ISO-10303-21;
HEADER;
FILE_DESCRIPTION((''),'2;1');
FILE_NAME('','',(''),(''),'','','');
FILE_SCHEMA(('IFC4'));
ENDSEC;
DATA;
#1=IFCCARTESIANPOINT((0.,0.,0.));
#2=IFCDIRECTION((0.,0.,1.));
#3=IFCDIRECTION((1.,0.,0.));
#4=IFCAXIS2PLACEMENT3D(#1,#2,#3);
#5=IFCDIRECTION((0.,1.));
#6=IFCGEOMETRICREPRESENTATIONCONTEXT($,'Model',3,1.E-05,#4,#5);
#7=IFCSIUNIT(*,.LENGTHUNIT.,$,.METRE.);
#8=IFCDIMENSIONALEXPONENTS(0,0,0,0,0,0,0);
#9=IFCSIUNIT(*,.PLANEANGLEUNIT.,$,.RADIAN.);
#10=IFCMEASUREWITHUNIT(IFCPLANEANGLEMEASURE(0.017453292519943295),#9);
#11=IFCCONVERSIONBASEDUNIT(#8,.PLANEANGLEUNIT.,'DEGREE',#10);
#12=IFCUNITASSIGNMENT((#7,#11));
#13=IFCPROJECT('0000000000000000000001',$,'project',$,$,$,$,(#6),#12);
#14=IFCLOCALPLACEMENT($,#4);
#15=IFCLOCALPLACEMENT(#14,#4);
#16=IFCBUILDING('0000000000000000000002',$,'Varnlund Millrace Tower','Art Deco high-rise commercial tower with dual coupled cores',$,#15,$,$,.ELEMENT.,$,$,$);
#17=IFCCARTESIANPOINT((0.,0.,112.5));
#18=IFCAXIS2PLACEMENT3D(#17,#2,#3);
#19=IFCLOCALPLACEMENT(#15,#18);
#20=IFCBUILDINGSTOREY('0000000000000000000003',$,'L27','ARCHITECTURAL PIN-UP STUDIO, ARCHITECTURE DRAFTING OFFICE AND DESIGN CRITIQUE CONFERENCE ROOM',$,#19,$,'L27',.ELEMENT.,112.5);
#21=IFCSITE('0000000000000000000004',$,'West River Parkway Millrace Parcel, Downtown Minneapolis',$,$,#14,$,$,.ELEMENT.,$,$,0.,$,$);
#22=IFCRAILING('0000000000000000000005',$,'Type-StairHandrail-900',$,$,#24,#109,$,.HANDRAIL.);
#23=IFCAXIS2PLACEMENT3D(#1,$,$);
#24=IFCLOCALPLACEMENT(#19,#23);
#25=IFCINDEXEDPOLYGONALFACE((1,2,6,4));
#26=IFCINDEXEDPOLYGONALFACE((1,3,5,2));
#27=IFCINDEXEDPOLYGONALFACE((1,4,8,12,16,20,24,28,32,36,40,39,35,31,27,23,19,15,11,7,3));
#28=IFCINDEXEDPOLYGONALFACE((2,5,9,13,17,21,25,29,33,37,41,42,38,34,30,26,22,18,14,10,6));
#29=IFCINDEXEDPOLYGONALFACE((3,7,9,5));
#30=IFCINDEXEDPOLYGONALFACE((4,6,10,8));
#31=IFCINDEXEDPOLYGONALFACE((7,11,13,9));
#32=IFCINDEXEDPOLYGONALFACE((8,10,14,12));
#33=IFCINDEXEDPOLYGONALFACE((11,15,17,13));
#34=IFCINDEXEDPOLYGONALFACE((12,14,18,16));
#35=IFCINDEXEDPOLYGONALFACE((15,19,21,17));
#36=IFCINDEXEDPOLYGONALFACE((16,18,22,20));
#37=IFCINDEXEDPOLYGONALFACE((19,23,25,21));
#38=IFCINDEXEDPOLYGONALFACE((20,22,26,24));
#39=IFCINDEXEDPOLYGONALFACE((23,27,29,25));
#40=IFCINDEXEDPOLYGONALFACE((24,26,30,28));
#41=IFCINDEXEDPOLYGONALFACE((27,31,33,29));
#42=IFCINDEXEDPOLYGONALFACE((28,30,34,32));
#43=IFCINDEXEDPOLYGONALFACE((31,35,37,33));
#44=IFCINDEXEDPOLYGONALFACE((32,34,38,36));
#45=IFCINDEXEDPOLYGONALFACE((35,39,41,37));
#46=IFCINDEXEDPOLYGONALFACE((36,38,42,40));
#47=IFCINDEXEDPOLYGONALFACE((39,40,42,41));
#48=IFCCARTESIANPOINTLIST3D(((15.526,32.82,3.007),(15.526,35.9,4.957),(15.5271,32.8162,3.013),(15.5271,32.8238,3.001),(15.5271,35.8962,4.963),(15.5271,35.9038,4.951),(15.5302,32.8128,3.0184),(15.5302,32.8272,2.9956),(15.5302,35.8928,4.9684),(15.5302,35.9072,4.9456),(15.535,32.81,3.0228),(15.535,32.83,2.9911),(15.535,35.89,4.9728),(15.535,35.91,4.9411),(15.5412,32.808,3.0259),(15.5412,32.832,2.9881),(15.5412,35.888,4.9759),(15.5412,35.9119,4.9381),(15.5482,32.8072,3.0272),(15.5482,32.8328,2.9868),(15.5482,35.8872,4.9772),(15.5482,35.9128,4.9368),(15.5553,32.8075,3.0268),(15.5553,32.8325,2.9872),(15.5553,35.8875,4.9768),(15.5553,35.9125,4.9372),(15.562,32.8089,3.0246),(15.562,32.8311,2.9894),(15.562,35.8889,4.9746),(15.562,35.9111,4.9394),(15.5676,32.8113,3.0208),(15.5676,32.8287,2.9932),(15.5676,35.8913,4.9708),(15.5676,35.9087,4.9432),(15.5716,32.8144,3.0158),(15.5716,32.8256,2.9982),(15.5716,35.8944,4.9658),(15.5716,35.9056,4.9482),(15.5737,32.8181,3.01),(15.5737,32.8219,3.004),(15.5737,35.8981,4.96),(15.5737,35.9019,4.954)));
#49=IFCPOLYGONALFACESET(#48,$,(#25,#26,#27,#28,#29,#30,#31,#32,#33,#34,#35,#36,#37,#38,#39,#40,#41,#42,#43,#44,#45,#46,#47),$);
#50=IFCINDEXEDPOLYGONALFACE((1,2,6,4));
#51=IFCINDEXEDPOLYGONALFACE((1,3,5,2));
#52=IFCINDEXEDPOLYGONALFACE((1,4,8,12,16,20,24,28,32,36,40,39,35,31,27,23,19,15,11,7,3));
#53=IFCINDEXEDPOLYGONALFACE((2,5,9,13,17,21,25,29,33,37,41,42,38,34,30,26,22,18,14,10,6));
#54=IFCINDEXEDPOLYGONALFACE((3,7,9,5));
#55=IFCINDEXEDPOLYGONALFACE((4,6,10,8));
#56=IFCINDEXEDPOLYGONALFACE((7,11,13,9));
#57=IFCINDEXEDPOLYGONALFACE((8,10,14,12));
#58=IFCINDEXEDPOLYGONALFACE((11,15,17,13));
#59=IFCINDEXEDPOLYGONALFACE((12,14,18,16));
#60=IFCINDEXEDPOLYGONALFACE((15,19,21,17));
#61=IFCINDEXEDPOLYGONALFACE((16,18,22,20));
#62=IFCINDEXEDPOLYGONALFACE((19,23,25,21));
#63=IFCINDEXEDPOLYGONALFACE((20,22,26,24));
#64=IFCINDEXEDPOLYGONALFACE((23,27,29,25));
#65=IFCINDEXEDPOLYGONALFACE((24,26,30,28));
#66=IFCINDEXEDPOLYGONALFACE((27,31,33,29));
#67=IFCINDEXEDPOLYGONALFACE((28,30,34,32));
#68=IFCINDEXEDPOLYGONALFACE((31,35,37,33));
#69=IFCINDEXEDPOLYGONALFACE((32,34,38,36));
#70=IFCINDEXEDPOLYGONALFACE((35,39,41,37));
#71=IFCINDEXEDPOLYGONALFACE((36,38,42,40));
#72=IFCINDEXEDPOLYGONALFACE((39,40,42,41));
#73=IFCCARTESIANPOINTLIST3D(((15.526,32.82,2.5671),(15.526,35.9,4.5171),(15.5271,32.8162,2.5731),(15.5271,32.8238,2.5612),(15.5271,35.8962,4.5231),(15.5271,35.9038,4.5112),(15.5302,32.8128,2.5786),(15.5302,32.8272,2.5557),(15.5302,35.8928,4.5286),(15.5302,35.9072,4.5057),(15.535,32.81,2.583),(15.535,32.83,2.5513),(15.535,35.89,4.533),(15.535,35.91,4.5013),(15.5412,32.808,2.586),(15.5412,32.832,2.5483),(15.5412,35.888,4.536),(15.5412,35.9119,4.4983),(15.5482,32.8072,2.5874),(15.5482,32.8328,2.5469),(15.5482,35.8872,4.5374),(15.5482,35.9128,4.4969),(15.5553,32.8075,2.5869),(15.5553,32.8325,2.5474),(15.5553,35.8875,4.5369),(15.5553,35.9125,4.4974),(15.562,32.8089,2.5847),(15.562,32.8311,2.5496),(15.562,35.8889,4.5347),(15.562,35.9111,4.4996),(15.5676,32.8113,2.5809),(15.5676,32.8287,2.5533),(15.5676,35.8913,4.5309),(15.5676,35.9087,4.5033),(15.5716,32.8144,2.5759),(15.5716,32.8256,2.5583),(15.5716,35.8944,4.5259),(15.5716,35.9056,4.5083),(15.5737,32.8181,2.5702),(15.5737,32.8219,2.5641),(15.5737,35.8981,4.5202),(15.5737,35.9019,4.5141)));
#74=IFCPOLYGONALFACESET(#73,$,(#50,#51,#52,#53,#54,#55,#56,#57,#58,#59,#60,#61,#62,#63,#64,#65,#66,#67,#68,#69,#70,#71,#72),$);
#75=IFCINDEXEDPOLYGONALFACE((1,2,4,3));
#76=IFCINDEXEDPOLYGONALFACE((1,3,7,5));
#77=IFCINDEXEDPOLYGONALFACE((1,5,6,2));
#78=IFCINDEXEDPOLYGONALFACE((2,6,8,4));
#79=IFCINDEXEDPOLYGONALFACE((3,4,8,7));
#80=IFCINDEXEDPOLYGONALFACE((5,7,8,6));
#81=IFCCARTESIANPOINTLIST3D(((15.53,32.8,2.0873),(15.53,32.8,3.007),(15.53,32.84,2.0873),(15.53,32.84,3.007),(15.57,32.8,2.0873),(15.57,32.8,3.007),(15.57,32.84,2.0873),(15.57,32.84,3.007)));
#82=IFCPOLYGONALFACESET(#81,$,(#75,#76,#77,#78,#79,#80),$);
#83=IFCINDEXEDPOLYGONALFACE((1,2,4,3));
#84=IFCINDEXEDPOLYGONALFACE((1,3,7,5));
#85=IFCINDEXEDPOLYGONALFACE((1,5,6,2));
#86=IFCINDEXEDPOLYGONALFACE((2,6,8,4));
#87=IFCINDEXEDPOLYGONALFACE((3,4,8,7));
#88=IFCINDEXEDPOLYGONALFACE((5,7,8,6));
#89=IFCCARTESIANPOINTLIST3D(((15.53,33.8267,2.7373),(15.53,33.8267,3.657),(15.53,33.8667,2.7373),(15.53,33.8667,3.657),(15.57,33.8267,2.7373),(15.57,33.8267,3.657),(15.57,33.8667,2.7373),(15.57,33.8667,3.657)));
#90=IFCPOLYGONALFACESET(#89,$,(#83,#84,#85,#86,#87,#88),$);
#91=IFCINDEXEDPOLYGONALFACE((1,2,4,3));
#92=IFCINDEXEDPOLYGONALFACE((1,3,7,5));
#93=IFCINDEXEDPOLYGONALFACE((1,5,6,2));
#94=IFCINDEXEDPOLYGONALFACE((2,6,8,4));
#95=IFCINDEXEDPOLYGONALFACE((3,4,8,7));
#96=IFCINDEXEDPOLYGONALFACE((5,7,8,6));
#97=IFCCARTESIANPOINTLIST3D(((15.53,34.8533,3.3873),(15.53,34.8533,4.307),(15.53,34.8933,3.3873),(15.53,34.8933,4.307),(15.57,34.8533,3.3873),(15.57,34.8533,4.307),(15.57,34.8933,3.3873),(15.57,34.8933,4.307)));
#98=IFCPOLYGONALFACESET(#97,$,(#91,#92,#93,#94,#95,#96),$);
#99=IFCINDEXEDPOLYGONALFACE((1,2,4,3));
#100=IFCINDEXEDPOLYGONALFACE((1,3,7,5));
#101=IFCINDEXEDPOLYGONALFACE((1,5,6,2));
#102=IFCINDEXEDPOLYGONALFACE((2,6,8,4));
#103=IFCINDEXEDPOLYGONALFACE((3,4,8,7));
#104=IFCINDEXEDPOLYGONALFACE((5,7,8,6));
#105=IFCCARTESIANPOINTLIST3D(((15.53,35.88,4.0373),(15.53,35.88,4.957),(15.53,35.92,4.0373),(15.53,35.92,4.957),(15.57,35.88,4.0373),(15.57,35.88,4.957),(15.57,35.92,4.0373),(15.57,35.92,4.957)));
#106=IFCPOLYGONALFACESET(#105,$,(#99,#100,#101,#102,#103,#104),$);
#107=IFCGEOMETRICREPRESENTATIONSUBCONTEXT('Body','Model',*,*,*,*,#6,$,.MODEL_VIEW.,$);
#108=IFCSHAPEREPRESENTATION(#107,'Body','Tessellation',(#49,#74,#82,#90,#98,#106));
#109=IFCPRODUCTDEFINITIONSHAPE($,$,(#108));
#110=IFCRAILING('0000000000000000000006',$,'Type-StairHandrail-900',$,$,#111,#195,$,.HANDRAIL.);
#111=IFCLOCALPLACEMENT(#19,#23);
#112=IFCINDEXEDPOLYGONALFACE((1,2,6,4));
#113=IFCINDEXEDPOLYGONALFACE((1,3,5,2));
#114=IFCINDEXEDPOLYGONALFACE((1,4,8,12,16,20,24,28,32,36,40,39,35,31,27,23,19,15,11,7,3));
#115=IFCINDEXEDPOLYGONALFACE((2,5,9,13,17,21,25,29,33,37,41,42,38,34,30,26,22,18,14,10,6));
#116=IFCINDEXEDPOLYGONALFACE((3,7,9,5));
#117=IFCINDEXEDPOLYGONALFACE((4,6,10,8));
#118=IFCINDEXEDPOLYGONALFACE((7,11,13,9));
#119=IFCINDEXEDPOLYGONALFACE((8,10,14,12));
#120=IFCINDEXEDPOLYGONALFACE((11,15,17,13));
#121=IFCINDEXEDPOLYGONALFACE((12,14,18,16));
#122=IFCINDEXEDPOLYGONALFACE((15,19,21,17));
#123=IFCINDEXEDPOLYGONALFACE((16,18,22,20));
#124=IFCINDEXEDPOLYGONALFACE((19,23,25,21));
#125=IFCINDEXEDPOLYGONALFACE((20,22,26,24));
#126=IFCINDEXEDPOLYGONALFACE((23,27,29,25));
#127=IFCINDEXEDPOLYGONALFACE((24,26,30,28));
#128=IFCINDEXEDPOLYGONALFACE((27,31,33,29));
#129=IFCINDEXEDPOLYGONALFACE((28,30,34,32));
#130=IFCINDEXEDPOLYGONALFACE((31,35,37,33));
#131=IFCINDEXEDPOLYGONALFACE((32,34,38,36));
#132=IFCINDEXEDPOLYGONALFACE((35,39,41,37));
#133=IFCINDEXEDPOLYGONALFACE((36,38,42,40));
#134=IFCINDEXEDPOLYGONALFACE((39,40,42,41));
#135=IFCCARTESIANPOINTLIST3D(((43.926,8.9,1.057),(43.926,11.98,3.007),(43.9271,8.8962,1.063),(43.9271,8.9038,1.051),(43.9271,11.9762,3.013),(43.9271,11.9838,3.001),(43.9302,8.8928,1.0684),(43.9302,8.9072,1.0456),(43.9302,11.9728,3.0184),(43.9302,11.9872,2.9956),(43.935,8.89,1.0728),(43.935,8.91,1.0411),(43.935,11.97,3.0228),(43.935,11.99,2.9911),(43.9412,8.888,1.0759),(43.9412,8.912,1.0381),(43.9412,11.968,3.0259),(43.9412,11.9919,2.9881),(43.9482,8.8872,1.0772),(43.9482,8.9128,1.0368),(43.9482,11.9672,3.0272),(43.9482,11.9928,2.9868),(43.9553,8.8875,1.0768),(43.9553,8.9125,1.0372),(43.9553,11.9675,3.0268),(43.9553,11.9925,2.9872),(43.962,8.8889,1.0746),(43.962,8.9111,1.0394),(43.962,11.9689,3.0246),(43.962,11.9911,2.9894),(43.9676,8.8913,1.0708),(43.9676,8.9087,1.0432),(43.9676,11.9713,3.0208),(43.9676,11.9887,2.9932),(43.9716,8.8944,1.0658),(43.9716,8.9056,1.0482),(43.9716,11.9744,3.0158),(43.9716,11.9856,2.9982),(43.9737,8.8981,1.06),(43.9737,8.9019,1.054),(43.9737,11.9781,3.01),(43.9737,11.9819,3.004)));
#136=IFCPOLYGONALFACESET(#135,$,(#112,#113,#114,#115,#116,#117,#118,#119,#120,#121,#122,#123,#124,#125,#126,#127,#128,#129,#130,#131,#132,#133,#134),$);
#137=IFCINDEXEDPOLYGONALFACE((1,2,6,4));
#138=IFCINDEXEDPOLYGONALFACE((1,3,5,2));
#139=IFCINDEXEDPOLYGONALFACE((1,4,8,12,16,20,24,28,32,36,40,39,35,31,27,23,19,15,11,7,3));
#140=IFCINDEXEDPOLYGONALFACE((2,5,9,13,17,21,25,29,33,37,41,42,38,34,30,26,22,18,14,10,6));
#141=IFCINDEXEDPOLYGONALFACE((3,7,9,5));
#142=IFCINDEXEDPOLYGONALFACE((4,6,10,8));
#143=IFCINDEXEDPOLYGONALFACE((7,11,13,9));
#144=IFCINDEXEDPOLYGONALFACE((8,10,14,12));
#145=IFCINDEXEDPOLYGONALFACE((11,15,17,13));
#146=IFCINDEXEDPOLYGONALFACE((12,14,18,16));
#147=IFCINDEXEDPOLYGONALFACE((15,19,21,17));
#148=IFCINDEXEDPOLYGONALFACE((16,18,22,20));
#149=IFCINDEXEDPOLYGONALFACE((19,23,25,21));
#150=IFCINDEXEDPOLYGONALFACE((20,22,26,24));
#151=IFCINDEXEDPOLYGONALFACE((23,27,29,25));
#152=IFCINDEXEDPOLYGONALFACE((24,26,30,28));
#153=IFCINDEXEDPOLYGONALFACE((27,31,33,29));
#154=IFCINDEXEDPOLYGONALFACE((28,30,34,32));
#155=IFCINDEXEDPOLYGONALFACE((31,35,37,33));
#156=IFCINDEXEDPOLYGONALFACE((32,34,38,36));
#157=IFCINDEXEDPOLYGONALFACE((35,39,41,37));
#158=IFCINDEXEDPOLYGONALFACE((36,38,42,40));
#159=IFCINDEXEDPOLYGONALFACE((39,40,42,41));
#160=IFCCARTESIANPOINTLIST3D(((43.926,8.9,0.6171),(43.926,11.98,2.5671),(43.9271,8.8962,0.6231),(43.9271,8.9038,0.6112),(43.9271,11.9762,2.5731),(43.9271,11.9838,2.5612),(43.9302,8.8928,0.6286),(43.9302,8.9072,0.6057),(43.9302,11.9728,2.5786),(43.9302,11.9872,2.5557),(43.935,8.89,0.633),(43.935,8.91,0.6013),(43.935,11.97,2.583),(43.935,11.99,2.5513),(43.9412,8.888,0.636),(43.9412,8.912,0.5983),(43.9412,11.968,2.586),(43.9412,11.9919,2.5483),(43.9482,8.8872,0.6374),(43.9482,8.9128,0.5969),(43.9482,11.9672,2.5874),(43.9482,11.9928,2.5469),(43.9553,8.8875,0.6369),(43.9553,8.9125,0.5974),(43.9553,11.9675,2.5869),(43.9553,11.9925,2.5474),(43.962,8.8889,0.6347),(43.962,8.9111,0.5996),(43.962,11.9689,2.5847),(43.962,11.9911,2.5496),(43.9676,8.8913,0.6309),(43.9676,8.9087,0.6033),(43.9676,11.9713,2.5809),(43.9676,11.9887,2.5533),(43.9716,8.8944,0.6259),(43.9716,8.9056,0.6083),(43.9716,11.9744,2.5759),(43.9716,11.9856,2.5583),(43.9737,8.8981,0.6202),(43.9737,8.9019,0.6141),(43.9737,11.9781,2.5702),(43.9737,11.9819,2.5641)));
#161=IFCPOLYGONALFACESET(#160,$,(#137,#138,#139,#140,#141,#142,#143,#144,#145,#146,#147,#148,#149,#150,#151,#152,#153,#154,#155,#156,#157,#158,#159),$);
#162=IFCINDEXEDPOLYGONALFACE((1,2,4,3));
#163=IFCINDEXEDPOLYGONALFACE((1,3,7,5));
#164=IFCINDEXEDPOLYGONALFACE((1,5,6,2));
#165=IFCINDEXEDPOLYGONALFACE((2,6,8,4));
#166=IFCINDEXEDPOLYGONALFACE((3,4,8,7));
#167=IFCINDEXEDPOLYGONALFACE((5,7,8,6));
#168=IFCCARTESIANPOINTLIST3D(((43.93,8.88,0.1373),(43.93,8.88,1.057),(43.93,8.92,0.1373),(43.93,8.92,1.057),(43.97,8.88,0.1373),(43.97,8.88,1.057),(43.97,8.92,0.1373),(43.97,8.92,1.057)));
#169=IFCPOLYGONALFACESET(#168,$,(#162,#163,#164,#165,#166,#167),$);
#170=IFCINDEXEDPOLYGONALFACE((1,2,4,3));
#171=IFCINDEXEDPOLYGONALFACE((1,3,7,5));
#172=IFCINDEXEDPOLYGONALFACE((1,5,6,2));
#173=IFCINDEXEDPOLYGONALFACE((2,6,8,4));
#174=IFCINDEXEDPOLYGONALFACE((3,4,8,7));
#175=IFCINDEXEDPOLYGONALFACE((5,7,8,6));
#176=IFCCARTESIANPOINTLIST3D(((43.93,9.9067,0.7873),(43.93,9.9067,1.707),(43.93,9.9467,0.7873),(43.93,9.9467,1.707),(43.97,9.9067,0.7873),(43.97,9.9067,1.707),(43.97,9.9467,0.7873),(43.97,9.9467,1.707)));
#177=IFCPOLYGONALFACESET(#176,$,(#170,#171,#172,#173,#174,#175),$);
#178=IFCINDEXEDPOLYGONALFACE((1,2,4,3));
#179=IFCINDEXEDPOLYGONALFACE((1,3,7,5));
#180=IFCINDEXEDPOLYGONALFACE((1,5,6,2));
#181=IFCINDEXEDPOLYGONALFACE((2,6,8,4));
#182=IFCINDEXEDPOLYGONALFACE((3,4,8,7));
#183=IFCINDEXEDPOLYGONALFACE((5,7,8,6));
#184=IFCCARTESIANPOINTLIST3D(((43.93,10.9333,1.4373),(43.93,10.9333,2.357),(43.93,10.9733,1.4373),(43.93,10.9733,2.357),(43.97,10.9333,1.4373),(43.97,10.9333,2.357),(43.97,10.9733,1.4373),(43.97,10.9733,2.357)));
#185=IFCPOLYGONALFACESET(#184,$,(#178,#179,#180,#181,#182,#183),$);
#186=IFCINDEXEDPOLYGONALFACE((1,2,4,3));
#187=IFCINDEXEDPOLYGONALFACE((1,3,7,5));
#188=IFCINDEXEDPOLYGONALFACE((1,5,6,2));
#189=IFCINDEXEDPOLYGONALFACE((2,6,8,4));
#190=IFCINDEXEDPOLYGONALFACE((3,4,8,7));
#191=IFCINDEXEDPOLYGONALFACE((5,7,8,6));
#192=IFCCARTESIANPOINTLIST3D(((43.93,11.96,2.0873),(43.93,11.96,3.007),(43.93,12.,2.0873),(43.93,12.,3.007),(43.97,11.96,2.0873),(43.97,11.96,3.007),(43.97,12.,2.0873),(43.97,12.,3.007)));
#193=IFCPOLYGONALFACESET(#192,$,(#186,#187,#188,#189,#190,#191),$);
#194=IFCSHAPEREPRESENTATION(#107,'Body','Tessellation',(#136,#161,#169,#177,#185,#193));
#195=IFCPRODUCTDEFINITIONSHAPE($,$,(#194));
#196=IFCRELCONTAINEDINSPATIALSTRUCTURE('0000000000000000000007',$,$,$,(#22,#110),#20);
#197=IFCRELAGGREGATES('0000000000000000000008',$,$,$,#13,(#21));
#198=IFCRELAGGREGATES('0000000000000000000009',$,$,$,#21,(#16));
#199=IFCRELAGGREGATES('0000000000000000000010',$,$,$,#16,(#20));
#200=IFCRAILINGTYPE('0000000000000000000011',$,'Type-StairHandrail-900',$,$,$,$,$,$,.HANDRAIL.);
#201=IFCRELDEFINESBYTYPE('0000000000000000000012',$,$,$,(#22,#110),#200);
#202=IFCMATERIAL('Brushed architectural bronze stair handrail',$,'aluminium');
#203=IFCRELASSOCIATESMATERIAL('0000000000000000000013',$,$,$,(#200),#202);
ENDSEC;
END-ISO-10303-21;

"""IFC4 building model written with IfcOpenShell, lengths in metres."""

from ifc_helpers import new_model, entity, si_unit, converted_unit, direction, frame, origin_with_axes, origin_2d_with_axis, place, context, subcontext, project, spatial, rectangle, circle, extrude, material, type_object, element, save


model = new_model("IFC4")

# Units and contexts
model_context = context("Model", 3, precision=1e-05, world=origin_with_axes(), true_north=direction((0.0, 1.0)))
body_context = subcontext(model_context, "Body", "Model", "MODEL_VIEW")
ifc_project = project(units=[si_unit("LENGTHUNIT", "METRE"), converted_unit("PLANEANGLEUNIT", "DEGREE", entity("IfcPlaneAngleMeasure", 0.017453292519943295), si_unit("PLANEANGLEUNIT", "RADIAN"), dimensions=[0, 0, 0, 0, 0, 0, 0])], contexts=[model_context])

# Site, building, storey
site_placement = place(None, origin_with_axes())
site = spatial("IfcSite", under=ifc_project, at=site_placement, Name="West River Parkway Millrace Parcel, Downtown Minneapolis", CompositionType="ELEMENT", RefElevation=0.0)
building_placement = place(site_placement, origin_with_axes())
building = spatial("IfcBuilding", under=site, at=building_placement, Name="Varnlund Millrace Tower", Description="Art Deco high-rise commercial tower with dual coupled cores", CompositionType="ELEMENT")
storey_placement = place(building_placement, frame((0.0, 0.0, 112.5), z_axis=(0.0, 0.0, 1.0), x_axis=(1.0, 0.0, 0.0)))
storey = spatial("IfcBuildingStorey", under=building, at=storey_placement, Name="L27", Description="ARCHITECTURAL PIN-UP STUDIO, ARCHITECTURE DRAFTING OFFICE AND DESIGN CRITIQUE CONFERENCE ROOM", LongName="L27", CompositionType="ELEMENT", Elevation=112.5)

# Railings
ifc_material_1 = material(Name="Brushed architectural bronze stair handrail", Category="aluminium")
railing_type_1 = type_object("IfcRailingType", Name="Type-StairHandrail-900", PredefinedType="HANDRAIL", material=ifc_material_1)
railing_1_placement = place(storey_placement, frame((0.0, 0.0, -112.5), z_axis=(0.0, 0.0, 1.0), x_axis=(1.0, 0.0, 0.0)))
element("IfcRailing", 1, at=railing_1_placement, inside=storey, type_object=railing_type_1, Name="Type-StairHandrail-900", PredefinedType="HANDRAIL", context=body_context, shape_type="SweptSolid", body=[
    extrude(circle(Radius=0.024, at=origin_2d_with_axis()), frame((15.55, 32.82, 115.507), z_axis=(0.0, 0.844902, 0.534922), x_axis=(-1.0, 0.0, 0.0)), (0.0, 0.0, 1.0), 3.6454),
    extrude(circle(Radius=0.024, at=origin_2d_with_axis()), frame((15.55, 32.82, 115.0671), z_axis=(0.0, 0.844902, 0.534922), x_axis=(-1.0, 0.0, 0.0)), (0.0, 0.0, 1.0), 3.6454),
    extrude(rectangle(XDim=0.04, YDim=0.04, at=origin_2d_with_axis()), frame((15.55, 32.82, 114.5873), z_axis=(0.0, 0.0, 1.0), x_axis=(1.0, 0.0, 0.0)), (0.0, 0.0, 1.0), 0.9197),
    extrude(rectangle(XDim=0.04, YDim=0.04, at=origin_2d_with_axis()), frame((15.55, 33.8467, 115.2373), z_axis=(0.0, 0.0, 1.0), x_axis=(1.0, 0.0, 0.0)), (0.0, 0.0, 1.0), 0.9197),
    extrude(rectangle(XDim=0.04, YDim=0.04, at=origin_2d_with_axis()), frame((15.55, 34.8733, 115.8873), z_axis=(0.0, 0.0, 1.0), x_axis=(1.0, 0.0, 0.0)), (0.0, 0.0, 1.0), 0.9197),
    extrude(rectangle(XDim=0.04, YDim=0.04, at=origin_2d_with_axis()), frame((15.55, 35.9, 116.5373), z_axis=(0.0, 0.0, 1.0), x_axis=(1.0, 0.0, 0.0)), (0.0, 0.0, 1.0), 0.9197),
])
railing_2_placement = place(storey_placement, frame((0.0, 0.0, -112.5), z_axis=(0.0, 0.0, 1.0), x_axis=(1.0, 0.0, 0.0)))
element("IfcRailing", 2, at=railing_2_placement, inside=storey, type_object=railing_type_1, Name="Type-StairHandrail-900", PredefinedType="HANDRAIL", context=body_context, shape_type="SweptSolid", body=[
    extrude(circle(Radius=0.024, at=origin_2d_with_axis()), frame((43.95, 8.9, 113.557), z_axis=(0.0, 0.844902, 0.534922), x_axis=(-1.0, 0.0, 0.0)), (0.0, 0.0, 1.0), 3.6454),
    extrude(circle(Radius=0.024, at=origin_2d_with_axis()), frame((43.95, 8.9, 113.1171), z_axis=(0.0, 0.844902, 0.534922), x_axis=(-1.0, 0.0, 0.0)), (0.0, 0.0, 1.0), 3.6454),
    extrude(rectangle(XDim=0.04, YDim=0.04, at=origin_2d_with_axis()), frame((43.95, 8.9, 112.6373), z_axis=(0.0, 0.0, 1.0), x_axis=(1.0, 0.0, 0.0)), (0.0, 0.0, 1.0), 0.9197),
    extrude(rectangle(XDim=0.04, YDim=0.04, at=origin_2d_with_axis()), frame((43.95, 9.9267, 113.2873), z_axis=(0.0, 0.0, 1.0), x_axis=(1.0, 0.0, 0.0)), (0.0, 0.0, 1.0), 0.9197),
    extrude(rectangle(XDim=0.04, YDim=0.04, at=origin_2d_with_axis()), frame((43.95, 10.9533, 113.9373), z_axis=(0.0, 0.0, 1.0), x_axis=(1.0, 0.0, 0.0)), (0.0, 0.0, 1.0), 0.9197),
    extrude(rectangle(XDim=0.04, YDim=0.04, at=origin_2d_with_axis()), frame((43.95, 11.98, 114.5873), z_axis=(0.0, 0.0, 1.0), x_axis=(1.0, 0.0, 0.0)), (0.0, 0.0, 1.0), 0.9197),
])

save(model, "model.ifc")
